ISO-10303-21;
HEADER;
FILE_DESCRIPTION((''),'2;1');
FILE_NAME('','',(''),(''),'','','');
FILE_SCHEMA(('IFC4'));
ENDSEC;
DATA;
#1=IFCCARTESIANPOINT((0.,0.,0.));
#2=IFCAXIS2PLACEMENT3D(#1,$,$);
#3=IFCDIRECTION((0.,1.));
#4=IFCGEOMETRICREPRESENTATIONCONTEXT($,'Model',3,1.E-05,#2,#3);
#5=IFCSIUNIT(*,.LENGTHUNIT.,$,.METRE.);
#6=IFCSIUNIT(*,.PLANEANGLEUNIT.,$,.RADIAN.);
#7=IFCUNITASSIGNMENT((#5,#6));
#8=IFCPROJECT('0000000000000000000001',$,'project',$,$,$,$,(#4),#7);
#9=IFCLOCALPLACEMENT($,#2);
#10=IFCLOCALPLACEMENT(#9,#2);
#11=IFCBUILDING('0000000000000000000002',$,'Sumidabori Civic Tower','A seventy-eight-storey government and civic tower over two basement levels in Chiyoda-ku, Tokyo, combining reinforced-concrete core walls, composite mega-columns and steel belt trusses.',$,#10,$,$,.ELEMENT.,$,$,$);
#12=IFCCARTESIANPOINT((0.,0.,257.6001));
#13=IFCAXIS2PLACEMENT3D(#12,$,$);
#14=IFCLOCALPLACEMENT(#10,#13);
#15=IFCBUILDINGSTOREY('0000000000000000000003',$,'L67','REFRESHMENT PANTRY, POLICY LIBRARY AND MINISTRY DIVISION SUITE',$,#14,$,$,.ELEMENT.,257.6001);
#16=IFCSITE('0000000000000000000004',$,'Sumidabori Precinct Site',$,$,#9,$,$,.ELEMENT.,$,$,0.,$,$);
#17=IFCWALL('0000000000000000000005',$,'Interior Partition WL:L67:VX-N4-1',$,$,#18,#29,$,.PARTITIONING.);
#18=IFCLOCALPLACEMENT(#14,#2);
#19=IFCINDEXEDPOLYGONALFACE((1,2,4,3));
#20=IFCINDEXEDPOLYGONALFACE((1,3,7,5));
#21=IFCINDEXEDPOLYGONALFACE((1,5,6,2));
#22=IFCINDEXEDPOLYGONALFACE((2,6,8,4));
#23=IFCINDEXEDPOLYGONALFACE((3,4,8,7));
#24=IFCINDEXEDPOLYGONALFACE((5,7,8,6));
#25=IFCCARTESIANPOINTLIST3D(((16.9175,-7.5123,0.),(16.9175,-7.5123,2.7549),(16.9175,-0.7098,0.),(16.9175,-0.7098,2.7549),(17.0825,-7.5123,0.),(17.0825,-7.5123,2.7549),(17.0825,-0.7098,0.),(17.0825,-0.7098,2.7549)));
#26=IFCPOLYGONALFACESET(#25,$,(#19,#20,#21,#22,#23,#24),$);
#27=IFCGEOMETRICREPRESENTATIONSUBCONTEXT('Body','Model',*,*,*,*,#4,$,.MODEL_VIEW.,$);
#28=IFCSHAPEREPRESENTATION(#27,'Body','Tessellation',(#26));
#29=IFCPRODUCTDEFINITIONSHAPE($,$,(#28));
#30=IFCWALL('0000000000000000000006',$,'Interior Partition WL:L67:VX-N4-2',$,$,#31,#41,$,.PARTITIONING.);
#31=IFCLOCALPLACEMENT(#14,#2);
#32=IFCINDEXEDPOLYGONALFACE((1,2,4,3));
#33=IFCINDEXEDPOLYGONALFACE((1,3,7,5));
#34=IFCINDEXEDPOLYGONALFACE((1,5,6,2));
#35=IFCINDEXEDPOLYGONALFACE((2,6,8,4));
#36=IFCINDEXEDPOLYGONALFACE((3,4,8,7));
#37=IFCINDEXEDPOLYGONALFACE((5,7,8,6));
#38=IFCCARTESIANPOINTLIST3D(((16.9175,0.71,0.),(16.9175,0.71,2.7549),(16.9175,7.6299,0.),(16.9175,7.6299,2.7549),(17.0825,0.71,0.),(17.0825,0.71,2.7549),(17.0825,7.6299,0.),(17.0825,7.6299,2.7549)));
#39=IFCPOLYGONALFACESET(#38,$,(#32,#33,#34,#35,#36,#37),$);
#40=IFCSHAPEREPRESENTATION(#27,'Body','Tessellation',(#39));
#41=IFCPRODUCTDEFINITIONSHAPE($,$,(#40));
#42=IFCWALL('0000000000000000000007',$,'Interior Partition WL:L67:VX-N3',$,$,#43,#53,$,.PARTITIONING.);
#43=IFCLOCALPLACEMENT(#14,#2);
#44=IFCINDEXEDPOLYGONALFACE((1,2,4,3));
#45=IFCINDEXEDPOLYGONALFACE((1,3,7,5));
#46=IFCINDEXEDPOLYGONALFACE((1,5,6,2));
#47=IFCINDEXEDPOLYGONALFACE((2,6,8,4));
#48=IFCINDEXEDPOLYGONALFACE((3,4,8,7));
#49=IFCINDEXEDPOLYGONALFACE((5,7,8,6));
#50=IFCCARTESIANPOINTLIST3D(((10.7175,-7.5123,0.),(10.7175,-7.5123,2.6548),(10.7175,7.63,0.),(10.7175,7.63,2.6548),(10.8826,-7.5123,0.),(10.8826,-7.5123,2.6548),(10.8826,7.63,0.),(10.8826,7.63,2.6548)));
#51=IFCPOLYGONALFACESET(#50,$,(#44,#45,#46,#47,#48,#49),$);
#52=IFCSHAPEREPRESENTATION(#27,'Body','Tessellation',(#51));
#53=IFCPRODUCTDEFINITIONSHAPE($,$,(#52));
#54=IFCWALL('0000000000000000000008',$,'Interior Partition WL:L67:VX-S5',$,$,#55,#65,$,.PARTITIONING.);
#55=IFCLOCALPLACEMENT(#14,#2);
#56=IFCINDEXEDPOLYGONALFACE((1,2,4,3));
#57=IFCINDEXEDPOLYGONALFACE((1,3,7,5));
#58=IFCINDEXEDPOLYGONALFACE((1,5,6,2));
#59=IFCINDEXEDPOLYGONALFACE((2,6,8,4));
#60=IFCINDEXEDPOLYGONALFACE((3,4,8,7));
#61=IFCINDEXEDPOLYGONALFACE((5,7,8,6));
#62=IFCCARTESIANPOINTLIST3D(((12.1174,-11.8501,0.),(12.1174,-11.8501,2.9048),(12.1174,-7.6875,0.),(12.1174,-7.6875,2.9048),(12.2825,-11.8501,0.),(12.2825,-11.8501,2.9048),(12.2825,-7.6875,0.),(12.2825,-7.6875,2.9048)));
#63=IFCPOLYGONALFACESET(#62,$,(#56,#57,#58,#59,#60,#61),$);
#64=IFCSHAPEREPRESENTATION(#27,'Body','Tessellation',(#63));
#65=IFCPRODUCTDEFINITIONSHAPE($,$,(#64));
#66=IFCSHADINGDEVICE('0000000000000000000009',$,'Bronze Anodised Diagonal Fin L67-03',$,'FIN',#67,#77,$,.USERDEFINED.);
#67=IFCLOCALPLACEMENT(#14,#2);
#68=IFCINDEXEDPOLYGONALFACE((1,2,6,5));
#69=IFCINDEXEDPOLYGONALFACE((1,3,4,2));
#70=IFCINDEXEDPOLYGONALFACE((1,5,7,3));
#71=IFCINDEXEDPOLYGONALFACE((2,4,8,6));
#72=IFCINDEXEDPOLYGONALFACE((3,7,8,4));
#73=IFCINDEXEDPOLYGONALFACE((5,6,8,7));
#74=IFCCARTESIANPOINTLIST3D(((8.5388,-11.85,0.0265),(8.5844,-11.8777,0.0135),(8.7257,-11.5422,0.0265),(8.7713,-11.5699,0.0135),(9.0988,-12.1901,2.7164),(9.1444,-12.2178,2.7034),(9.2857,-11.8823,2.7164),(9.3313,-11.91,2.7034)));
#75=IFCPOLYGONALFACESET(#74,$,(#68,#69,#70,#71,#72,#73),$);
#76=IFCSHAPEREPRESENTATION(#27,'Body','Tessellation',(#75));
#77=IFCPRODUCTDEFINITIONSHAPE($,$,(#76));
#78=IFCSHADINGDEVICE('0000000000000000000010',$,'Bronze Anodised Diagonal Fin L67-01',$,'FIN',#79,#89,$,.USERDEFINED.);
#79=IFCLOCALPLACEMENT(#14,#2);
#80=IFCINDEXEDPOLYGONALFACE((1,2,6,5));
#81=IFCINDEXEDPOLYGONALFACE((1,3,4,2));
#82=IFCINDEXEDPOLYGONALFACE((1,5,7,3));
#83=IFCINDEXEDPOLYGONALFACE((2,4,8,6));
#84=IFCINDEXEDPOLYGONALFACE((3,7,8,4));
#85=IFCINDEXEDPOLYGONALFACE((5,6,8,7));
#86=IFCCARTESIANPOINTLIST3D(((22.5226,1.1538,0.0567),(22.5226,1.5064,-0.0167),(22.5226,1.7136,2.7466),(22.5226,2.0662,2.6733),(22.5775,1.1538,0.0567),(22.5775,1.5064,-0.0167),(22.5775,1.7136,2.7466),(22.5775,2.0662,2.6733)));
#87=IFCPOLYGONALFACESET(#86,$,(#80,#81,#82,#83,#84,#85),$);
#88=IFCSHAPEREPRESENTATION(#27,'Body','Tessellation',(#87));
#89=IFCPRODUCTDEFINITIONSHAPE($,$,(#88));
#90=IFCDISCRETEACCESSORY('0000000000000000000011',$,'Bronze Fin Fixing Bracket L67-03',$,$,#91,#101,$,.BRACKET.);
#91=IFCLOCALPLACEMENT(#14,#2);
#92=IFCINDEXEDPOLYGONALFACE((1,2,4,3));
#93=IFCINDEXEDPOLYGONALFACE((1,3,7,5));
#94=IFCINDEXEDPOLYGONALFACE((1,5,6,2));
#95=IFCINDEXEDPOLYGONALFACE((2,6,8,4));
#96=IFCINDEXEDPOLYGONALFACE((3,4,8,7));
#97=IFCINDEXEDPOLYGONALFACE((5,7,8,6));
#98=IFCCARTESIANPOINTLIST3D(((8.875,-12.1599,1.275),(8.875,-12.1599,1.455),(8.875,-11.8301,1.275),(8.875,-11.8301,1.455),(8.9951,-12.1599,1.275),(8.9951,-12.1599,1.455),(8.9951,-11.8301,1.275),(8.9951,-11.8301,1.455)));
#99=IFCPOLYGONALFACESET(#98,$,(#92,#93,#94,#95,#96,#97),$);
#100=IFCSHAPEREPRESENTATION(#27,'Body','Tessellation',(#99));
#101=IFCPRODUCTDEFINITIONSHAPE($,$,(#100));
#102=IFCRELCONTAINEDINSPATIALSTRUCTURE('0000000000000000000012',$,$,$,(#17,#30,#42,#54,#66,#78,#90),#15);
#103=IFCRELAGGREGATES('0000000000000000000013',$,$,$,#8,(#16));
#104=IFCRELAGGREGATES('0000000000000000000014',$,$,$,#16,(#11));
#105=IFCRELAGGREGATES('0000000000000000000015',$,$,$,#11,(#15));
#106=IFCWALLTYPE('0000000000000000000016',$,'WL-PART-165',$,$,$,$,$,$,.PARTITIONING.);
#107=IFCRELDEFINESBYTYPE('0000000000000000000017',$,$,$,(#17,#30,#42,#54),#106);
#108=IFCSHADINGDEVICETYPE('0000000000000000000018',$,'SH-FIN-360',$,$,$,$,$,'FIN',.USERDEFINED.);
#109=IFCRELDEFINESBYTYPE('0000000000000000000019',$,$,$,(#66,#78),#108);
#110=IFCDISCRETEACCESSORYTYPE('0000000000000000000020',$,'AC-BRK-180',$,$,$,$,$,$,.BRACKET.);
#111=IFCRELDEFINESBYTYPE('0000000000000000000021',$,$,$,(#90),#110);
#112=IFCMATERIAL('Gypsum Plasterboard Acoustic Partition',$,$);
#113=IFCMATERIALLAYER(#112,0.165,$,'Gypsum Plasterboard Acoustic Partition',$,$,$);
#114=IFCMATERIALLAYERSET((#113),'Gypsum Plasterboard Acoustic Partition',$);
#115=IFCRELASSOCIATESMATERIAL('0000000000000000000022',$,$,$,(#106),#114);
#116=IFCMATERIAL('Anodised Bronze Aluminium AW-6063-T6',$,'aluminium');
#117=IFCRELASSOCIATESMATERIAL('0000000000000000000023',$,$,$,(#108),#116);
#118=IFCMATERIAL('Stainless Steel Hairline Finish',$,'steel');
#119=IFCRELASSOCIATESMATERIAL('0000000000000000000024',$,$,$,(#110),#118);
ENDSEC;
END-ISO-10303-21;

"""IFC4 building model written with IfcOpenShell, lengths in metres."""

from ifc_helpers import new_model, si_unit, direction, frame, frame_2d, origin, origin_2d, place, context, subcontext, project, spatial, rectangle, extrude, source, transform, mapped, material, layer, layer_set, material_profile, profile_set, type_object, element, save


model = new_model("IFC4")

# Units and contexts
model_context = context("Model", 3, precision=1e-05, world=origin(), true_north=direction((0.0, 1.0)))
body_context = subcontext(model_context, "Body", "Model", "MODEL_VIEW")
ifc_project = project(units=[si_unit("LENGTHUNIT", "METRE"), si_unit("PLANEANGLEUNIT", "RADIAN")], contexts=[model_context])

# Site, building, storey
site_placement = place(None, origin())
site = spatial("IfcSite", under=ifc_project, at=site_placement, Name="Sumidabori Precinct Site", CompositionType="ELEMENT", RefElevation=0.0)
building_placement = place(site_placement, origin())
building = spatial("IfcBuilding", under=site, at=building_placement, Name="Sumidabori Civic Tower", Description="A seventy-eight-storey government and civic tower over two basement levels in Chiyoda-ku, Tokyo, combining reinforced-concrete core walls, composite mega-columns and steel belt trusses.", CompositionType="ELEMENT")
storey_placement = place(building_placement, frame((0.0, 0.0, 257.6001)))
storey = spatial("IfcBuildingStorey", under=building, at=storey_placement, Name="L67", Description="REFRESHMENT PANTRY, POLICY LIBRARY AND MINISTRY DIVISION SUITE", CompositionType="ELEMENT", Elevation=257.6001)

# Shared definitions
ifc_material_1 = material(Name="Anodised Bronze Aluminium AW-6063-T6", Category="aluminium")

# Walls
ifc_material_2 = material(Name="Gypsum Plasterboard Acoustic Partition")
ifc_layer_1 = layer(ifc_material_2, 0.165, Name="Gypsum Plasterboard Acoustic Partition")
ifc_layer_set_1 = layer_set([ifc_layer_1], Name="Gypsum Plasterboard Acoustic Partition")
wall_type_1 = type_object("IfcWallType", Name="WL-PART-165", PredefinedType="PARTITIONING", material=ifc_layer_set_1)
shared_shape_1 = source(origin(), body_context, "Body", "SweptSolid", [
    extrude(rectangle(XDim=6.8025, YDim=0.165, at=frame_2d((3.4014, 0.0))), origin(), (0.0, 0.0, 1.0), 2.7549),
])
wall_1_placement = place(storey_placement, frame((17.0, -7.5125, 0.0), z_axis=(0.0, 0.0, 1.0), x_axis=(0.0, 1.0, 0.0)))
element("IfcWall", 1, at=wall_1_placement, inside=storey, type_object=wall_type_1, Name="Interior Partition WL:L67:VX-N4-1", PredefinedType="PARTITIONING", context=body_context, shape_type="MappedRepresentation", body=[
    mapped(shared_shape_1, transform((0.0, 0.0, 0.0), x_axis=(1.0, 0.0, 0.0), y_axis=(0.0, 1.0, 0.0), z_axis=(0.0, 0.0, 1.0), scale=1.0)),
])
shared_shape_2 = source(origin(), body_context, "Body", "SweptSolid", [
    extrude(rectangle(XDim=6.9199, YDim=0.165, at=frame_2d((3.46, 0.0))), origin(), (0.0, 0.0, 1.0), 2.7549),
])
wall_2_placement = place(storey_placement, frame((17.0, 0.71, 0.0), z_axis=(0.0, 0.0, 1.0), x_axis=(0.0, 1.0, 0.0)))
element("IfcWall", 2, at=wall_2_placement, inside=storey, type_object=wall_type_1, Name="Interior Partition WL:L67:VX-N4-2", PredefinedType="PARTITIONING", context=body_context, shape_type="MappedRepresentation", body=[
    mapped(shared_shape_2, transform((0.0, 0.0, 0.0), x_axis=(1.0, 0.0, 0.0), y_axis=(0.0, 1.0, 0.0), z_axis=(0.0, 0.0, 1.0), scale=1.0)),
])
shared_shape_3 = source(origin(), body_context, "Body", "SweptSolid", [
    extrude(rectangle(XDim=15.1423, YDim=0.165, at=frame_2d((7.5713, 0.0))), origin(), (0.0, 0.0, 1.0), 2.6548),
])
wall_3_placement = place(storey_placement, frame((10.8, -7.5125, 0.0), z_axis=(0.0, 0.0, 1.0), x_axis=(0.0, 1.0, 0.0)))
element("IfcWall", 3, at=wall_3_placement, inside=storey, type_object=wall_type_1, Name="Interior Partition WL:L67:VX-N3", PredefinedType="PARTITIONING", context=body_context, shape_type="MappedRepresentation", body=[
    mapped(shared_shape_3, transform((0.0, 0.0, 0.0), x_axis=(1.0, 0.0, 0.0), y_axis=(0.0, 1.0, 0.0), z_axis=(0.0, 0.0, 1.0), scale=1.0)),
])
shared_shape_4 = source(origin(), body_context, "Body", "SweptSolid", [
    extrude(rectangle(XDim=4.1626, YDim=0.165, at=frame_2d((2.0813, 0.0))), origin(), (0.0, 0.0, 1.0), 2.9048),
])
wall_4_placement = place(storey_placement, frame((12.2, -11.8501, 0.0), z_axis=(0.0, 0.0, 1.0), x_axis=(0.0, 1.0, 0.0)))
element("IfcWall", 4, at=wall_4_placement, inside=storey, type_object=wall_type_1, Name="Interior Partition WL:L67:VX-S5", PredefinedType="PARTITIONING", context=body_context, shape_type="MappedRepresentation", body=[
    mapped(shared_shape_4, transform((0.0, 0.0, 0.0), x_axis=(1.0, 0.0, 0.0), y_axis=(0.0, 1.0, 0.0), z_axis=(0.0, 0.0, 1.0), scale=1.0)),
])

# Shading devices
ifc_material_profile_1 = material_profile(ifc_material_1, rectangle(XDim=0.0549, YDim=0.3601, at=origin_2d()), Name="BRONZE FIN 360x55")
ifc_profile_set_1 = profile_set([ifc_material_profile_1], Name="Anodised Bronze Aluminium AW-6063-T6")
shading_device_type = type_object("IfcShadingDeviceType", Name="SH-FIN-360", ElementType="FIN", PredefinedType="USERDEFINED", material=ifc_profile_set_1)
shared_shape_5 = source(origin(), body_context, "Body", "SweptSolid", [
    extrude(rectangle(XDim=0.0549, YDim=0.3601, at=origin_2d()), origin(), (0.0, 0.0, 1.0), 2.7686),
])
shading_device_1_placement = place(storey_placement, frame((8.655, -11.71, 0.02), z_axis=(0.20229, -0.122838, 0.971591), x_axis=(0.83047, -0.504291, -0.236665)))
element("IfcShadingDevice", 5, at=shading_device_1_placement, inside=storey, type_object=shading_device_type, Name="Bronze Anodised Diagonal Fin L67-03", ObjectType="FIN", PredefinedType="USERDEFINED", context=body_context, shape_type="MappedRepresentation", body=[
    mapped(shared_shape_5, transform((0.0, 0.0, 0.0), x_axis=(1.0, 0.0, 0.0), y_axis=(0.0, 1.0, 0.0), z_axis=(0.0, 0.0, 1.0), scale=1.0)),
])
shared_shape_6 = source(origin(), body_context, "Body", "SweptSolid", [
    extrude(rectangle(XDim=0.0549, YDim=0.3601, at=origin_2d()), origin(), (0.0, 0.0, 1.0), 2.7476),
])
shading_device_2_placement = place(storey_placement, frame((22.55, 1.3301, 0.02), z_axis=(0.0, 0.203748, 0.979023), x_axis=(-1.0, 0.0, 0.0)))
element("IfcShadingDevice", 6, at=shading_device_2_placement, inside=storey, type_object=shading_device_type, Name="Bronze Anodised Diagonal Fin L67-01", ObjectType="FIN", PredefinedType="USERDEFINED", context=body_context, shape_type="MappedRepresentation", body=[
    mapped(shared_shape_6, transform((0.0, 0.0, 0.0), x_axis=(1.0, 0.0, 0.0), y_axis=(0.0, 1.0, 0.0), z_axis=(0.0, 0.0, 1.0), scale=1.0)),
])

# Discrete accessory
ifc_material_3 = material(Name="Stainless Steel Hairline Finish", Category="steel")
ifc_material_profile_2 = material_profile(ifc_material_3, rectangle(XDim=0.1201, YDim=0.1799, at=origin_2d()), Name="STEEL BRACKET 180x120")
ifc_profile_set_2 = profile_set([ifc_material_profile_2], Name="Stainless Steel Hairline Finish")
discrete_accessory_type = type_object("IfcDiscreteAccessoryType", Name="AC-BRK-180", PredefinedType="BRACKET", material=ifc_profile_set_2)
shared_shape_7 = source(origin(), body_context, "Body", "SweptSolid", [
    extrude(rectangle(XDim=0.1201, YDim=0.1799, at=origin_2d()), origin(), (0.0, 0.0, 1.0), 0.3298),
])
discrete_accessory_placement = place(storey_placement, frame((8.9351, -11.8301, 1.365), z_axis=(0.0, -1.0, 0.0), x_axis=(1.0, 0.0, 0.0)))
element("IfcDiscreteAccessory", 7, at=discrete_accessory_placement, inside=storey, type_object=discrete_accessory_type, Name="Bronze Fin Fixing Bracket L67-03", PredefinedType="BRACKET", context=body_context, shape_type="MappedRepresentation", body=[
    mapped(shared_shape_7, transform((0.0, 0.0, 0.0), x_axis=(1.0, 0.0, 0.0), y_axis=(0.0, 1.0, 0.0), z_axis=(0.0, 0.0, 1.0), scale=1.0)),
])

save(model, "model.ifc")
